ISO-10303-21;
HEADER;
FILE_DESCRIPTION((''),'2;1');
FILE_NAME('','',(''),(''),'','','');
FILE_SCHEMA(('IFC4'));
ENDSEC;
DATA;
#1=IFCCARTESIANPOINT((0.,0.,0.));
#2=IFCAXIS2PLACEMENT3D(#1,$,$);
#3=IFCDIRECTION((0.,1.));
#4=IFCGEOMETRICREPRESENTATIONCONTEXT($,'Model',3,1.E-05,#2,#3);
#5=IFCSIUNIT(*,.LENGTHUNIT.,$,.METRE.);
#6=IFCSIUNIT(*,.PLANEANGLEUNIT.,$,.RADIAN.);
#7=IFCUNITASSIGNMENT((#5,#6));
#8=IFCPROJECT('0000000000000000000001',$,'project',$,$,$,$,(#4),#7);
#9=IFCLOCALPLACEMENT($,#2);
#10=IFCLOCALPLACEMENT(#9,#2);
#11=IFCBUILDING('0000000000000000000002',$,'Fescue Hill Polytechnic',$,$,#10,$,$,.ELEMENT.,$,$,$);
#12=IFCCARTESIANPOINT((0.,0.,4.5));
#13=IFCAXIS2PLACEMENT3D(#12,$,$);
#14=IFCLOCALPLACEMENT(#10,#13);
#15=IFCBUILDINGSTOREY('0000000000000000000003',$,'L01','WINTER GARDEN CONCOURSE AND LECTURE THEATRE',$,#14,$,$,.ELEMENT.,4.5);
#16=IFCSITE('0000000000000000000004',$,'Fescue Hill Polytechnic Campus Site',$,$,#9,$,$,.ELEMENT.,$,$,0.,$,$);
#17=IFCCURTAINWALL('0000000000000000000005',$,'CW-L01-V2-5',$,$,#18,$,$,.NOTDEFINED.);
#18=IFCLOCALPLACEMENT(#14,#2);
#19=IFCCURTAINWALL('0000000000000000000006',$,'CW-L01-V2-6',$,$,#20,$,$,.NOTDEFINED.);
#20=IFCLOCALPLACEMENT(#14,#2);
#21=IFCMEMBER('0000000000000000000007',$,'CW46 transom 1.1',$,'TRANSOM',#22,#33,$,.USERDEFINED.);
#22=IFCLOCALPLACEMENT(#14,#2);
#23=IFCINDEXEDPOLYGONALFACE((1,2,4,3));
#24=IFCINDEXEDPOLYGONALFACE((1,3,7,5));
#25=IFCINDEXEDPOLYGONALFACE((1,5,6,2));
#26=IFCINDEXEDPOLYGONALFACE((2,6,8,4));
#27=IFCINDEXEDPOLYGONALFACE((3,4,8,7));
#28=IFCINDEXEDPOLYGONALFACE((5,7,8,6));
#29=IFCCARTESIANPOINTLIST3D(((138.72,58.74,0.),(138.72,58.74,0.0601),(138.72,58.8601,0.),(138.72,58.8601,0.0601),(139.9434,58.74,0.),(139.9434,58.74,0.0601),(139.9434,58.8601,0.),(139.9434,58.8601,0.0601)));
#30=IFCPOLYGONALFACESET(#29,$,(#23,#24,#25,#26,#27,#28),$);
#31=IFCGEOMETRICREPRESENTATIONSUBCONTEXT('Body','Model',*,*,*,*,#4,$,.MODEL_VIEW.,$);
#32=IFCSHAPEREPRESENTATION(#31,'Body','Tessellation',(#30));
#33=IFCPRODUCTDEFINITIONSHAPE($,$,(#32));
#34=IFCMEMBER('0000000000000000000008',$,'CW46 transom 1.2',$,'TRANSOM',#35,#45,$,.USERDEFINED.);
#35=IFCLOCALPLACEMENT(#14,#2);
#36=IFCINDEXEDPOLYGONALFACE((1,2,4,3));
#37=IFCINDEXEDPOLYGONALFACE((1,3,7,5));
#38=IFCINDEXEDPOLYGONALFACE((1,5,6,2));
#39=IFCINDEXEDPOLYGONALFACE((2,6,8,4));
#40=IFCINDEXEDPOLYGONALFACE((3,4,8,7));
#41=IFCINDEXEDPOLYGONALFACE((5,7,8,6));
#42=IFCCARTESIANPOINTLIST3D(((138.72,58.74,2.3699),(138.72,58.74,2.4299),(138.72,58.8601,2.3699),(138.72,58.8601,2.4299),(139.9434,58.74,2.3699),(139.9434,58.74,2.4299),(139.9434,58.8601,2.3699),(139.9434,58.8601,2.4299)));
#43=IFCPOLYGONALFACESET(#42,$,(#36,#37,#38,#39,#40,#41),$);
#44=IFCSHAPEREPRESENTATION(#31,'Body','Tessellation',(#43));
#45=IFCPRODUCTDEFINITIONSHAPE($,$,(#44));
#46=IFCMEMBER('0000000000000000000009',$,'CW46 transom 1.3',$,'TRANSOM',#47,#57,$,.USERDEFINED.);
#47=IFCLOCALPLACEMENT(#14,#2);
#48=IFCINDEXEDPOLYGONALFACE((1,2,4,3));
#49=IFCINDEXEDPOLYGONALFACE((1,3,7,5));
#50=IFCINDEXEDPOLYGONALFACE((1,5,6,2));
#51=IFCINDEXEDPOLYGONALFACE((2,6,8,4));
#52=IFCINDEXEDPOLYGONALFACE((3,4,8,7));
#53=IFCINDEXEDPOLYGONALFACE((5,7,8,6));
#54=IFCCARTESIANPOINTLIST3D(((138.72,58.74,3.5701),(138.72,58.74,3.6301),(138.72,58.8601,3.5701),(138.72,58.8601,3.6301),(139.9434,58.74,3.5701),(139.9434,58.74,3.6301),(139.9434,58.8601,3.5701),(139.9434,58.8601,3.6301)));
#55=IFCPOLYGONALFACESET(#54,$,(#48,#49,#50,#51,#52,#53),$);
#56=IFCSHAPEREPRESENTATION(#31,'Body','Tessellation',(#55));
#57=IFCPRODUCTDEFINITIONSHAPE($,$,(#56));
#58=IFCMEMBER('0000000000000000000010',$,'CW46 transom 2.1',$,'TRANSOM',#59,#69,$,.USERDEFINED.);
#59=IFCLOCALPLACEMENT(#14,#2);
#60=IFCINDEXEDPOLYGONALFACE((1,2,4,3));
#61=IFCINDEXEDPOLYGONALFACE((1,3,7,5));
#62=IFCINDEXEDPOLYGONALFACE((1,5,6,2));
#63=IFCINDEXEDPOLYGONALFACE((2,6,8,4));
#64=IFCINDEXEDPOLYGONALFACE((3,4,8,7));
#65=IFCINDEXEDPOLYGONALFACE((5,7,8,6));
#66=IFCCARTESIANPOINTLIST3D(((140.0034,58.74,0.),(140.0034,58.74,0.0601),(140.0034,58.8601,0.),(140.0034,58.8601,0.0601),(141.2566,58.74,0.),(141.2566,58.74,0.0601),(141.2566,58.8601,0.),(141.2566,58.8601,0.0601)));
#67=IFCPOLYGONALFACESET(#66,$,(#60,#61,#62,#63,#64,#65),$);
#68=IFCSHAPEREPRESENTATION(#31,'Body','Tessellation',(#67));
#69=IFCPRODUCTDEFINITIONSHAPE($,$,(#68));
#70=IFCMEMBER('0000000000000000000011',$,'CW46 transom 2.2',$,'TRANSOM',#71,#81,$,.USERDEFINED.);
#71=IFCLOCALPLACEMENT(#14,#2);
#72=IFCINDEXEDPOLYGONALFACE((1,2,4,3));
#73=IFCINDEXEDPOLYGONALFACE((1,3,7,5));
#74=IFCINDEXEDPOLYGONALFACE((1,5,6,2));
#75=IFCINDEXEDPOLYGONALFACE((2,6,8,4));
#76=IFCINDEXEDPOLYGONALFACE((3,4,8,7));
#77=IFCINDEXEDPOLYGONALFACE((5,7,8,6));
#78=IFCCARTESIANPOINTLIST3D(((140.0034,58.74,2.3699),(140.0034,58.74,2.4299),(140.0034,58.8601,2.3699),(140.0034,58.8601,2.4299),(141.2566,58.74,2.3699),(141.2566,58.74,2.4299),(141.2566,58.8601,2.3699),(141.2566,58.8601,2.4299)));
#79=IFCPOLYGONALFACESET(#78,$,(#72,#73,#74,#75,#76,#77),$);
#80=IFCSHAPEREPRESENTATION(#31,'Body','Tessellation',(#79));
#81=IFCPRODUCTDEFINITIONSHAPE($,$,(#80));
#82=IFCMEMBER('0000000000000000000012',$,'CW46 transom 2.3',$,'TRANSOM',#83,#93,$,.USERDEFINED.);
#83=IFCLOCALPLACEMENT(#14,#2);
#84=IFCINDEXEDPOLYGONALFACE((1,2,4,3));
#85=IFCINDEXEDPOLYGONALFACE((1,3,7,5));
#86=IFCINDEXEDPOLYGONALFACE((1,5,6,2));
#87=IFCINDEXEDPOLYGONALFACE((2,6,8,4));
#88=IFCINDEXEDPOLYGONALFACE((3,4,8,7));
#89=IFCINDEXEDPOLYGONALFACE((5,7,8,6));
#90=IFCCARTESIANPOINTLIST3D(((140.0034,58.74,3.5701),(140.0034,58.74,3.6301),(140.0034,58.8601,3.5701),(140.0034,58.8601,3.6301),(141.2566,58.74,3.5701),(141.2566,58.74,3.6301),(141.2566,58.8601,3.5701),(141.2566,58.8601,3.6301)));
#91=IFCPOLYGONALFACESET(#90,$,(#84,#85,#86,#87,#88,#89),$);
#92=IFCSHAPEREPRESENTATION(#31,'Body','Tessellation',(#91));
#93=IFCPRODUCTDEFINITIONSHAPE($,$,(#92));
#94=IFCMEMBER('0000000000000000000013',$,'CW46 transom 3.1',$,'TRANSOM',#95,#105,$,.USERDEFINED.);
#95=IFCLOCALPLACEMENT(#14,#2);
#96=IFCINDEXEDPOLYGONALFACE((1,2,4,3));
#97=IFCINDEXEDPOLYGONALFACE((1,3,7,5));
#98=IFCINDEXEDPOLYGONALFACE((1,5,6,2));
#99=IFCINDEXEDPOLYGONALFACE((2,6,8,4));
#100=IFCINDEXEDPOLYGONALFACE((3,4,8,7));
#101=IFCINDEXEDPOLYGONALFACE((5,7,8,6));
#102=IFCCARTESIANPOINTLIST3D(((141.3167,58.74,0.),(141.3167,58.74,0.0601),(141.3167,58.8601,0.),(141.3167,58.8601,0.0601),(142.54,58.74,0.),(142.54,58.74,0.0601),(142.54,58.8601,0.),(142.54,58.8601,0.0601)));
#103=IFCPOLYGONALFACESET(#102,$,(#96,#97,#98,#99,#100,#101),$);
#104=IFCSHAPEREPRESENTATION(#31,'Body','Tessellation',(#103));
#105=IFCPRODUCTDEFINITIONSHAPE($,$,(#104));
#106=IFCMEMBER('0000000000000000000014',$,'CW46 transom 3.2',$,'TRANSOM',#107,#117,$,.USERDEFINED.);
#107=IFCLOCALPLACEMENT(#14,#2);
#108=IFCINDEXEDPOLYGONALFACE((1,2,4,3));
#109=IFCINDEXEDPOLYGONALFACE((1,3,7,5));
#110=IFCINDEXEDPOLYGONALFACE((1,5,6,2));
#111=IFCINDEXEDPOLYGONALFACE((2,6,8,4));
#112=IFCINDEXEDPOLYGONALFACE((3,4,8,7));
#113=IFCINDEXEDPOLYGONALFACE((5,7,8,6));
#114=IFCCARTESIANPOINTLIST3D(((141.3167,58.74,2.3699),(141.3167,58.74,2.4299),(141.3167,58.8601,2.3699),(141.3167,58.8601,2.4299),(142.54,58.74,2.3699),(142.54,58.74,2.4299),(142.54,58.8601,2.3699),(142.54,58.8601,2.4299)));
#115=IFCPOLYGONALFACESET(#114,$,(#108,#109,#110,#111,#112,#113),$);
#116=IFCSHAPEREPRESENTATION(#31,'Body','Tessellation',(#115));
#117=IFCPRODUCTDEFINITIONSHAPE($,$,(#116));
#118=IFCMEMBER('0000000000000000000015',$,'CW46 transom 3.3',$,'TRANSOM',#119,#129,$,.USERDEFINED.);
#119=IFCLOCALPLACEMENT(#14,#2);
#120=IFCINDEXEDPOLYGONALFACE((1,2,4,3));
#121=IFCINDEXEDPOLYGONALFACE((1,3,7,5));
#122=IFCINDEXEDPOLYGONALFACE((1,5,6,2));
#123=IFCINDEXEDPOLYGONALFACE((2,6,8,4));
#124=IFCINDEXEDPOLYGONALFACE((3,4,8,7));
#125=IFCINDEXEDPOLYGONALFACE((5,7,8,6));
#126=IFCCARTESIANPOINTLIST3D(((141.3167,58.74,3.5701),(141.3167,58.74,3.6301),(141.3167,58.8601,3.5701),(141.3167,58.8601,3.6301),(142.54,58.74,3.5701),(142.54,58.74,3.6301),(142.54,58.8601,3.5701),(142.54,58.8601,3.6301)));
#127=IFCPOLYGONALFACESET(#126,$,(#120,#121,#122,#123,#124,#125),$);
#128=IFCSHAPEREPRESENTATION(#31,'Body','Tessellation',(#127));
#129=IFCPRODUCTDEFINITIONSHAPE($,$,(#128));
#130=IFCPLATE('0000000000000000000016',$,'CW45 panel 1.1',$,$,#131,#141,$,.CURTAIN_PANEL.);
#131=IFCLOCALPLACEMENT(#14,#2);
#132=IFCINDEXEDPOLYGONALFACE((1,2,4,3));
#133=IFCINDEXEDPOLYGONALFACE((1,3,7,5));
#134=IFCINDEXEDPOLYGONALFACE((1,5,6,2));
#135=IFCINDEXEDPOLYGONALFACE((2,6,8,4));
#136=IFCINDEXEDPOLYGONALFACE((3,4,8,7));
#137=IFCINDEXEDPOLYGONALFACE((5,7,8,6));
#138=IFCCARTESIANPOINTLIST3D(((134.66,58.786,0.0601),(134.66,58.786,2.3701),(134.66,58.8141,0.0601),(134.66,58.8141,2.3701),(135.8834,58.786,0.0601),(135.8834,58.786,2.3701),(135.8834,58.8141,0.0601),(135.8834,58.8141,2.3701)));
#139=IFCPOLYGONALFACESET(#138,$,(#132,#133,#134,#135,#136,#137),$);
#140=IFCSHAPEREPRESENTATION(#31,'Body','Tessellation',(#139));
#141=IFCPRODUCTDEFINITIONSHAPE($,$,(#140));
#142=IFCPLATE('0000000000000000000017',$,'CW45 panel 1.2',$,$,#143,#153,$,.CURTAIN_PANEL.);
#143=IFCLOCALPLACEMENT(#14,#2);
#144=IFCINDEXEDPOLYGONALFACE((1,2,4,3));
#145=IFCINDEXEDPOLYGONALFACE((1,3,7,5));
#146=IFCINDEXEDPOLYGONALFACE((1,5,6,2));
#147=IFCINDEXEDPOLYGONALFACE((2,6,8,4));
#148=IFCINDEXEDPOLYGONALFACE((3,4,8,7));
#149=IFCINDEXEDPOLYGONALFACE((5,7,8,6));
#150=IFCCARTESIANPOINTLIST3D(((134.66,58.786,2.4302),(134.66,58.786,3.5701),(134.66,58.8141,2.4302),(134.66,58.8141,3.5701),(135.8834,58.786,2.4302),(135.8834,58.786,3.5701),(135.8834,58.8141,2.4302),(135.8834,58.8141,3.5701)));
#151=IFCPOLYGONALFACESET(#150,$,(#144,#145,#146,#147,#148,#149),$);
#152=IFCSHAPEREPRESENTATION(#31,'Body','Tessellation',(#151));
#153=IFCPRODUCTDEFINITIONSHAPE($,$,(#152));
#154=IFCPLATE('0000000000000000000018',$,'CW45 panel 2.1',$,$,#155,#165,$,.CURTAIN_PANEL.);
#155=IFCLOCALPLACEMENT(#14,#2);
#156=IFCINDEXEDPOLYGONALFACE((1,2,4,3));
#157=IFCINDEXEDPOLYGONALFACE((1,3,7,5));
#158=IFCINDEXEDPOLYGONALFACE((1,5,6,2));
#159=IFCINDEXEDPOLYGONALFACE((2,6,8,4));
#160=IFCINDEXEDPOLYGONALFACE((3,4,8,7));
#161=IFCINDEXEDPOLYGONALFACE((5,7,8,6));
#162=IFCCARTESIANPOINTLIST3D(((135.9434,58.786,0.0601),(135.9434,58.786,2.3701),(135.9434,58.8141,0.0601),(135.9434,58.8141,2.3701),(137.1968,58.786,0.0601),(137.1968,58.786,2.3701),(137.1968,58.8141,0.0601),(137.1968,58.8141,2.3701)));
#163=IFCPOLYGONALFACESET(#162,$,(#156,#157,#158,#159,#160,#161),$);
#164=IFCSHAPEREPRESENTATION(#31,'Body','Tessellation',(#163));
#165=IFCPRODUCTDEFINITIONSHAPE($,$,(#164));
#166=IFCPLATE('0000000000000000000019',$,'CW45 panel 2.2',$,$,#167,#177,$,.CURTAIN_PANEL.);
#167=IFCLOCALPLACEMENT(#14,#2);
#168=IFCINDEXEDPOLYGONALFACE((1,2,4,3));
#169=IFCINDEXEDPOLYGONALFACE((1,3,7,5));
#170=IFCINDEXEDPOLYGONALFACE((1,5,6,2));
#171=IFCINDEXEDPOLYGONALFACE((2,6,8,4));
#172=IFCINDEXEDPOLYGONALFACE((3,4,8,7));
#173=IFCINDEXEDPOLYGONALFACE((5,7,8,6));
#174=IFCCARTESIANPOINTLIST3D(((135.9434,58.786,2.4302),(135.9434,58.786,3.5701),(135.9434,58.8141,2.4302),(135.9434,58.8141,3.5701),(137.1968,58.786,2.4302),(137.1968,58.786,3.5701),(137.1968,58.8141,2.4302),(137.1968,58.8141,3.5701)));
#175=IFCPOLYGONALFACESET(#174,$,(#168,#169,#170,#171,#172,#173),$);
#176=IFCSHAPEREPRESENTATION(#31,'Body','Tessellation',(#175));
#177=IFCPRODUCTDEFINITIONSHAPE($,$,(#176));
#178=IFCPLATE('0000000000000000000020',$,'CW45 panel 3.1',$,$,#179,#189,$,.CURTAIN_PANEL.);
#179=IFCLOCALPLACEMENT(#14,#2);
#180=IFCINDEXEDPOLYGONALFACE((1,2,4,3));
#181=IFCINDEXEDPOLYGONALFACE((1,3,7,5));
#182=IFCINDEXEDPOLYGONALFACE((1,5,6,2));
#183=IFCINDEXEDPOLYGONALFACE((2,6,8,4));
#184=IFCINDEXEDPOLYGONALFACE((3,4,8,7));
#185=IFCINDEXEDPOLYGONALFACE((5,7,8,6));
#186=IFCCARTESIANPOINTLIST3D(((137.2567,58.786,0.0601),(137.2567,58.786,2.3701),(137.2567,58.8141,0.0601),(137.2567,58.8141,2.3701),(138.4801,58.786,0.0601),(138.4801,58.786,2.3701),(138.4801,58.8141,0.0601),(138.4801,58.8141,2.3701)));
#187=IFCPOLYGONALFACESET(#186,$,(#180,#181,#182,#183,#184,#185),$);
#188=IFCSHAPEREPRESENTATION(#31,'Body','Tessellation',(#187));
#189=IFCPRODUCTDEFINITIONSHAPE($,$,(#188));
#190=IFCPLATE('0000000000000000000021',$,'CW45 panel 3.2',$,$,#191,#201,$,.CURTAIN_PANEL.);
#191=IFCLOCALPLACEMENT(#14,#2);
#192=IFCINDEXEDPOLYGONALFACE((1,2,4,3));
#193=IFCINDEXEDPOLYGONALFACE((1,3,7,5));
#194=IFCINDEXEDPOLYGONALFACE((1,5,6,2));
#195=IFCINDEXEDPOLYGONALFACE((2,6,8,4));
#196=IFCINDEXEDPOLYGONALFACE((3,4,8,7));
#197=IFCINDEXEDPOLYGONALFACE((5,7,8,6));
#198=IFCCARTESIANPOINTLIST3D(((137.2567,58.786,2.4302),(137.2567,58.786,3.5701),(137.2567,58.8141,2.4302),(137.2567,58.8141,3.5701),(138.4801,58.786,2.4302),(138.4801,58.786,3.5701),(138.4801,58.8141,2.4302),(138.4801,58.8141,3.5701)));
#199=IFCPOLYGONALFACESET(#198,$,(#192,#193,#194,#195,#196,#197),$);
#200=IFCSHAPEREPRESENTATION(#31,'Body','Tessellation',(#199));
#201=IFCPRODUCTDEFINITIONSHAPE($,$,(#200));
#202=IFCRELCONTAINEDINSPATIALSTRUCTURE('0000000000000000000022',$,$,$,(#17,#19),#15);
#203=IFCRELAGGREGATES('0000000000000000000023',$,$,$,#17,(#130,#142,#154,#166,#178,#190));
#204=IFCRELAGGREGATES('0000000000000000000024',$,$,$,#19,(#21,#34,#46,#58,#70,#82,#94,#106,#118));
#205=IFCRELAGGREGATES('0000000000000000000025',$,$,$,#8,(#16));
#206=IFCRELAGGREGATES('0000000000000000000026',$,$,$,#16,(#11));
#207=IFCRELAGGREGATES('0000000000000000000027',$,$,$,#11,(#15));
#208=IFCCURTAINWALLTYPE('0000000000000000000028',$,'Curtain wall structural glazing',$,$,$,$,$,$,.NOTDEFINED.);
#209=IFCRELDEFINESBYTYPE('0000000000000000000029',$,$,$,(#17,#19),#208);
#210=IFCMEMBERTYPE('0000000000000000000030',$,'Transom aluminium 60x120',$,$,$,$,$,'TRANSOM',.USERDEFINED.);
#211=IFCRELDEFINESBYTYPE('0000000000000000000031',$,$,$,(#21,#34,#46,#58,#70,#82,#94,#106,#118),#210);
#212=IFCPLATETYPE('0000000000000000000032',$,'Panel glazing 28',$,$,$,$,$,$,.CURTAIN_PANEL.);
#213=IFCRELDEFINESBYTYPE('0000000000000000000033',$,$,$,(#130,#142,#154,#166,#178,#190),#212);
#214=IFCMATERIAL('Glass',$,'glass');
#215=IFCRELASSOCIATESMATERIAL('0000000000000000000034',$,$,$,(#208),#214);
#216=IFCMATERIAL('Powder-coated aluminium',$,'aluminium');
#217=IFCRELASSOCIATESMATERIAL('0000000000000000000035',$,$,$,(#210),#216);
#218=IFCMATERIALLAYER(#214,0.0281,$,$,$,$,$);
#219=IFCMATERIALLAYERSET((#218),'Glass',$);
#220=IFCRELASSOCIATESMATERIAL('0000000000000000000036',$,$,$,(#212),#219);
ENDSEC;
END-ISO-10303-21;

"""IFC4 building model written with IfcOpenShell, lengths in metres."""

from ifc_helpers import new_model, si_unit, direction, frame, origin, origin_2d, place, context, subcontext, project, spatial, rectangle, extrude, material, layer, layer_set, material_profile, profile_set, type_object, element, aggregate, save


model = new_model("IFC4")

# Units and contexts
model_context = context("Model", 3, precision=1e-05, world=origin(), true_north=direction((0.0, 1.0)))
body_context = subcontext(model_context, "Body", "Model", "MODEL_VIEW")
ifc_project = project(units=[si_unit("LENGTHUNIT", "METRE"), si_unit("PLANEANGLEUNIT", "RADIAN")], contexts=[model_context])

# Site, building, storey
site_placement = place(None, origin())
site = spatial("IfcSite", under=ifc_project, at=site_placement, Name="Fescue Hill Polytechnic Campus Site", CompositionType="ELEMENT", RefElevation=0.0)
building_placement = place(site_placement, origin())
building = spatial("IfcBuilding", under=site, at=building_placement, Name="Fescue Hill Polytechnic", CompositionType="ELEMENT")
storey_placement = place(building_placement, frame((0.0, 0.0, 4.5)))
storey = spatial("IfcBuildingStorey", under=building, at=storey_placement, Name="L01", Description="WINTER GARDEN CONCOURSE AND LECTURE THEATRE", CompositionType="ELEMENT", Elevation=4.5)

# Curtain walls
ifc_material_1 = material(Name="Glass", Category="glass")
curtain_wall_type = type_object("IfcCurtainWallType", Name="Curtain wall structural glazing", PredefinedType="NOTDEFINED", material=ifc_material_1)
curtain_wall_1_placement = place(storey_placement, origin())
curtain_wall_1 = element("IfcCurtainWall", 1, at=curtain_wall_1_placement, inside=storey, type_object=curtain_wall_type, Name="CW-L01-V2-5", PredefinedType="NOTDEFINED")
ifc_material_2 = material(Name="Powder-coated aluminium", Category="aluminium")
curtain_wall_2_placement = place(storey_placement, origin())
curtain_wall_2 = element("IfcCurtainWall", 2, at=curtain_wall_2_placement, inside=storey, type_object=curtain_wall_type, Name="CW-L01-V2-6", PredefinedType="NOTDEFINED")

# Members
ifc_material_profile_1 = material_profile(ifc_material_2, rectangle(XDim=0.1201, YDim=0.0601, at=origin_2d()), Name="Transom aluminium 60x120")
ifc_profile_set_1 = profile_set([ifc_material_profile_1], Name="Powder-coated aluminium")
member_type_1 = type_object("IfcMemberType", Name="Transom aluminium 60x120", ElementType="TRANSOM", PredefinedType="USERDEFINED", material=ifc_profile_set_1)
member_1_placement = place(storey_placement, frame((138.72, 58.8, 0.03), z_axis=(1.0, 0.0, 0.0), x_axis=(0.0, 1.0, 0.0)))
member_1 = element("IfcMember", 3, at=member_1_placement, type_object=member_type_1, Name="CW46 transom 1.1", ObjectType="TRANSOM", PredefinedType="USERDEFINED", context=body_context, shape_type="SweptSolid", body=[
    extrude(rectangle(XDim=0.1201, YDim=0.0601, at=origin_2d()), origin(), (0.0, 0.0, 1.0), 1.2234),
])
member_2_placement = place(storey_placement, frame((138.72, 58.8, 2.3999), z_axis=(1.0, 0.0, 0.0), x_axis=(0.0, 1.0, 0.0)))
member_2 = element("IfcMember", 4, at=member_2_placement, type_object=member_type_1, Name="CW46 transom 1.2", ObjectType="TRANSOM", PredefinedType="USERDEFINED", context=body_context, shape_type="SweptSolid", body=[
    extrude(rectangle(XDim=0.1201, YDim=0.0601, at=origin_2d()), origin(), (0.0, 0.0, 1.0), 1.2234),
])
member_3_placement = place(storey_placement, frame((138.72, 58.8, 3.6001), z_axis=(1.0, 0.0, 0.0), x_axis=(0.0, 1.0, 0.0)))
member_3 = element("IfcMember", 5, at=member_3_placement, type_object=member_type_1, Name="CW46 transom 1.3", ObjectType="TRANSOM", PredefinedType="USERDEFINED", context=body_context, shape_type="SweptSolid", body=[
    extrude(rectangle(XDim=0.1201, YDim=0.0601, at=origin_2d()), origin(), (0.0, 0.0, 1.0), 1.2234),
])
member_4_placement = place(storey_placement, frame((140.0034, 58.8, 0.03), z_axis=(1.0, 0.0, 0.0), x_axis=(0.0, 1.0, 0.0)))
member_4 = element("IfcMember", 6, at=member_4_placement, type_object=member_type_1, Name="CW46 transom 2.1", ObjectType="TRANSOM", PredefinedType="USERDEFINED", context=body_context, shape_type="SweptSolid", body=[
    extrude(rectangle(XDim=0.1201, YDim=0.0601, at=origin_2d()), origin(), (0.0, 0.0, 1.0), 1.2532),
])
member_5_placement = place(storey_placement, frame((140.0034, 58.8, 2.3999), z_axis=(1.0, 0.0, 0.0), x_axis=(0.0, 1.0, 0.0)))
member_5 = element("IfcMember", 7, at=member_5_placement, type_object=member_type_1, Name="CW46 transom 2.2", ObjectType="TRANSOM", PredefinedType="USERDEFINED", context=body_context, shape_type="SweptSolid", body=[
    extrude(rectangle(XDim=0.1201, YDim=0.0601, at=origin_2d()), origin(), (0.0, 0.0, 1.0), 1.2532),
])
member_6_placement = place(storey_placement, frame((140.0034, 58.8, 3.6001), z_axis=(1.0, 0.0, 0.0), x_axis=(0.0, 1.0, 0.0)))
member_6 = element("IfcMember", 8, at=member_6_placement, type_object=member_type_1, Name="CW46 transom 2.3", ObjectType="TRANSOM", PredefinedType="USERDEFINED", context=body_context, shape_type="SweptSolid", body=[
    extrude(rectangle(XDim=0.1201, YDim=0.0601, at=origin_2d()), origin(), (0.0, 0.0, 1.0), 1.2532),
])
member_7_placement = place(storey_placement, frame((141.3167, 58.8, 0.03), z_axis=(1.0, 0.0, 0.0), x_axis=(0.0, 1.0, 0.0)))
member_7 = element("IfcMember", 9, at=member_7_placement, type_object=member_type_1, Name="CW46 transom 3.1", ObjectType="TRANSOM", PredefinedType="USERDEFINED", context=body_context, shape_type="SweptSolid", body=[
    extrude(rectangle(XDim=0.1201, YDim=0.0601, at=origin_2d()), origin(), (0.0, 0.0, 1.0), 1.2234),
])
member_8_placement = place(storey_placement, frame((141.3167, 58.8, 2.3999), z_axis=(1.0, 0.0, 0.0), x_axis=(0.0, 1.0, 0.0)))
member_8 = element("IfcMember", 10, at=member_8_placement, type_object=member_type_1, Name="CW46 transom 3.2", ObjectType="TRANSOM", PredefinedType="USERDEFINED", context=body_context, shape_type="SweptSolid", body=[
    extrude(rectangle(XDim=0.1201, YDim=0.0601, at=origin_2d()), origin(), (0.0, 0.0, 1.0), 1.2234),
])
member_9_placement = place(storey_placement, frame((141.3167, 58.8, 3.6001), z_axis=(1.0, 0.0, 0.0), x_axis=(0.0, 1.0, 0.0)))
member_9 = element("IfcMember", 11, at=member_9_placement, type_object=member_type_1, Name="CW46 transom 3.3", ObjectType="TRANSOM", PredefinedType="USERDEFINED", context=body_context, shape_type="SweptSolid", body=[
    extrude(rectangle(XDim=0.1201, YDim=0.0601, at=origin_2d()), origin(), (0.0, 0.0, 1.0), 1.2234),
])

# Plates
ifc_layer_1 = layer(ifc_material_1, 0.0281)
ifc_layer_set_1 = layer_set([ifc_layer_1], Name="Glass")
plate_type = type_object("IfcPlateType", Name="Panel glazing 28", PredefinedType="CURTAIN_PANEL", material=ifc_layer_set_1)
plate_1_placement = place(storey_placement, frame((135.2717, 58.8, 0.0601), z_axis=(0.0, 0.0, 1.0), x_axis=(1.0, 0.0, 0.0)))
plate_1 = element("IfcPlate", 12, at=plate_1_placement, type_object=plate_type, Name="CW45 panel 1.1", PredefinedType="CURTAIN_PANEL", context=body_context, shape_type="SweptSolid", body=[
    extrude(rectangle(XDim=1.2234, YDim=0.0281, at=origin_2d()), origin(), (0.0, 0.0, 1.0), 2.3101),
])
plate_2_placement = place(storey_placement, frame((135.2717, 58.8, 2.4302), z_axis=(0.0, 0.0, 1.0), x_axis=(1.0, 0.0, 0.0)))
plate_2 = element("IfcPlate", 13, at=plate_2_placement, type_object=plate_type, Name="CW45 panel 1.2", PredefinedType="CURTAIN_PANEL", context=body_context, shape_type="SweptSolid", body=[
    extrude(rectangle(XDim=1.2234, YDim=0.0281, at=origin_2d()), origin(), (0.0, 0.0, 1.0), 1.1399),
])
plate_3_placement = place(storey_placement, frame((136.5701, 58.8, 0.0601), z_axis=(0.0, 0.0, 1.0), x_axis=(1.0, 0.0, 0.0)))
plate_3 = element("IfcPlate", 14, at=plate_3_placement, type_object=plate_type, Name="CW45 panel 2.1", PredefinedType="CURTAIN_PANEL", context=body_context, shape_type="SweptSolid", body=[
    extrude(rectangle(XDim=1.2534, YDim=0.0281, at=origin_2d()), origin(), (0.0, 0.0, 1.0), 2.3101),
])
plate_4_placement = place(storey_placement, frame((136.5701, 58.8, 2.4302), z_axis=(0.0, 0.0, 1.0), x_axis=(1.0, 0.0, 0.0)))
plate_4 = element("IfcPlate", 15, at=plate_4_placement, type_object=plate_type, Name="CW45 panel 2.2", PredefinedType="CURTAIN_PANEL", context=body_context, shape_type="SweptSolid", body=[
    extrude(rectangle(XDim=1.2534, YDim=0.0281, at=origin_2d()), origin(), (0.0, 0.0, 1.0), 1.1399),
])
plate_5_placement = place(storey_placement, frame((137.8684, 58.8, 0.0601), z_axis=(0.0, 0.0, 1.0), x_axis=(1.0, 0.0, 0.0)))
plate_5 = element("IfcPlate", 16, at=plate_5_placement, type_object=plate_type, Name="CW45 panel 3.1", PredefinedType="CURTAIN_PANEL", context=body_context, shape_type="SweptSolid", body=[
    extrude(rectangle(XDim=1.2234, YDim=0.0281, at=origin_2d()), origin(), (0.0, 0.0, 1.0), 2.3101),
])
plate_6_placement = place(storey_placement, frame((137.8684, 58.8, 2.4302), z_axis=(0.0, 0.0, 1.0), x_axis=(1.0, 0.0, 0.0)))
plate_6 = element("IfcPlate", 17, at=plate_6_placement, type_object=plate_type, Name="CW45 panel 3.2", PredefinedType="CURTAIN_PANEL", context=body_context, shape_type="SweptSolid", body=[
    extrude(rectangle(XDim=1.2234, YDim=0.0281, at=origin_2d()), origin(), (0.0, 0.0, 1.0), 1.1399),
])
aggregate(curtain_wall_1, [plate_1, plate_2, plate_3, plate_4, plate_5, plate_6])
aggregate(curtain_wall_2, [member_1, member_2, member_3, member_4, member_5, member_6, member_7, member_8, member_9])

save(model, "model.ifc")
